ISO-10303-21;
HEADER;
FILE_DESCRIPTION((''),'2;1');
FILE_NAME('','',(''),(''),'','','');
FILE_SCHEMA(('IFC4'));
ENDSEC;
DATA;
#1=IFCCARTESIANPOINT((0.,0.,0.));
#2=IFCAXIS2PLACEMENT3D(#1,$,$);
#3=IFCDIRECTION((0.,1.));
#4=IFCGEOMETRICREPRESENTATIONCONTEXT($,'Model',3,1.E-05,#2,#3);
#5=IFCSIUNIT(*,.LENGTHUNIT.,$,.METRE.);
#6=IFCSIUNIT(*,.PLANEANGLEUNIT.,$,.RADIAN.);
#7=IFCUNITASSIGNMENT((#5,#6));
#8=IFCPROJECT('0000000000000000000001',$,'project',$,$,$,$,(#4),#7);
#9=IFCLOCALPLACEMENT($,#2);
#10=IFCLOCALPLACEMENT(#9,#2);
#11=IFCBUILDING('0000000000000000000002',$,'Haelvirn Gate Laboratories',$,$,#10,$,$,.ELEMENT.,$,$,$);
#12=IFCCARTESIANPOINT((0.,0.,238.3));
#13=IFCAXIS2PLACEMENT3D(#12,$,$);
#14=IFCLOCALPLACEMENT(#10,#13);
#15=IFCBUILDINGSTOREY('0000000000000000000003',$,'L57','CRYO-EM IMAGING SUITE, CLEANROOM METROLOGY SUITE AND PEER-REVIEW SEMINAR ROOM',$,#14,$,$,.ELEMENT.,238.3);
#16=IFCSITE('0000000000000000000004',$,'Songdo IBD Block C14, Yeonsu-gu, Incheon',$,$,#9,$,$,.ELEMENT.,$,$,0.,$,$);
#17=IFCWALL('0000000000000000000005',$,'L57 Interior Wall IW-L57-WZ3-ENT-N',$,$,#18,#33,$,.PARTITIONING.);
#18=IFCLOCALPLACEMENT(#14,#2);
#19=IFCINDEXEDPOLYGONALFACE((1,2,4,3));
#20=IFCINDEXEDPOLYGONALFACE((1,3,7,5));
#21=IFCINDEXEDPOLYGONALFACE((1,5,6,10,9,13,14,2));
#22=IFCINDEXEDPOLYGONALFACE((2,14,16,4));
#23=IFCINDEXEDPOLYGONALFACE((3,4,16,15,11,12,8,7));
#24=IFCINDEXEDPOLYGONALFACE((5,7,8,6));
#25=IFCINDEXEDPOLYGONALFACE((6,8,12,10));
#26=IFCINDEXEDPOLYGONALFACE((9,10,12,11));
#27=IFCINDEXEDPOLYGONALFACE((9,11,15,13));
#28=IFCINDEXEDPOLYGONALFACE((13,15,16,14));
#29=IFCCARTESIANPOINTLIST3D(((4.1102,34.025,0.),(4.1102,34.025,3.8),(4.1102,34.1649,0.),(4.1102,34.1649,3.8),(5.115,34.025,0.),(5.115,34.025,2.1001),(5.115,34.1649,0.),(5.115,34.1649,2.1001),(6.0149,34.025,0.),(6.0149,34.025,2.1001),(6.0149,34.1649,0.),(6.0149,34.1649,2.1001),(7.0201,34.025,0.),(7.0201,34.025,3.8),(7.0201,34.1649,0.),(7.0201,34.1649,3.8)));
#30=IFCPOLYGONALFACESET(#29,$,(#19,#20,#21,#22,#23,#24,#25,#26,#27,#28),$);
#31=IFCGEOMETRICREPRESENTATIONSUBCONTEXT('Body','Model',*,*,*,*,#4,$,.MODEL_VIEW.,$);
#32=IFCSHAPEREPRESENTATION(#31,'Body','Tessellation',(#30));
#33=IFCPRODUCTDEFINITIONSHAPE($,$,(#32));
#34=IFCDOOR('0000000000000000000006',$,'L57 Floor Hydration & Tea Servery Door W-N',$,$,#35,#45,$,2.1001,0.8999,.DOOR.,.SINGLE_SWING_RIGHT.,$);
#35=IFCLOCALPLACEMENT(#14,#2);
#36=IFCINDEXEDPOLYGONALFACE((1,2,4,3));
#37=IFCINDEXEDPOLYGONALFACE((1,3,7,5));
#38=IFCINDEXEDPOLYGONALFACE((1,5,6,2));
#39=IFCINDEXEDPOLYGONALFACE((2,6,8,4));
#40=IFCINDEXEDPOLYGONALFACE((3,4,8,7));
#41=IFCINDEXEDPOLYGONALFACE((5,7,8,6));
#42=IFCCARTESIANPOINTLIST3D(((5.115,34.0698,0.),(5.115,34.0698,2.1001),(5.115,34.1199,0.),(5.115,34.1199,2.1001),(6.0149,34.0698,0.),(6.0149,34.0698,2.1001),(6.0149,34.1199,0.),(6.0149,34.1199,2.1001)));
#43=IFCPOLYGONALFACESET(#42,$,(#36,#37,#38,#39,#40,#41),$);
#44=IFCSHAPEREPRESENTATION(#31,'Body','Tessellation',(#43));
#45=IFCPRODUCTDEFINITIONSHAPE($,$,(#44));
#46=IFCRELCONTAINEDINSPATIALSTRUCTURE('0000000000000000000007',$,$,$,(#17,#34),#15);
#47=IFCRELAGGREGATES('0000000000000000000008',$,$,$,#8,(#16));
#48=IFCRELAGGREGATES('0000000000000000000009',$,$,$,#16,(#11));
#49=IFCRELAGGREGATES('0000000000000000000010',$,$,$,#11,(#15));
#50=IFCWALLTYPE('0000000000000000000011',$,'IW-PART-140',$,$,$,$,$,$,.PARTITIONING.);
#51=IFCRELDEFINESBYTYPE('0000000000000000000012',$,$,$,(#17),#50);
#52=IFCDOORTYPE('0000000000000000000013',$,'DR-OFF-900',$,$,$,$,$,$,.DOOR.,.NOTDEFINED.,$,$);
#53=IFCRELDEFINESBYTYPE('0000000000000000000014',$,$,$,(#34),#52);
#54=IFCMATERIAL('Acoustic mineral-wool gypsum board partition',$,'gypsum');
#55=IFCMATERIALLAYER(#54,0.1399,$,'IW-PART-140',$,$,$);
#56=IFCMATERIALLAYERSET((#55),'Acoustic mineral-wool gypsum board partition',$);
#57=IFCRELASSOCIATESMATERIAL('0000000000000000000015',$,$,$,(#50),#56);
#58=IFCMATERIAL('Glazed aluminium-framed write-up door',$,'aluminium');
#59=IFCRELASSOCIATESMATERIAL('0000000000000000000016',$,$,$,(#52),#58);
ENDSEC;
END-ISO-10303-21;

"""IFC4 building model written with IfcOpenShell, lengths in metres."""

from ifc_helpers import new_model, si_unit, direction, frame, frame_2d, origin, place, context, subcontext, project, spatial, rectangle, extrude, source, transform, mapped, material, layer, layer_set, type_object, type_shapes, element, fill, save


model = new_model("IFC4")

# Units and contexts
model_context = context("Model", 3, precision=1e-05, world=origin(), true_north=direction((0.0, 1.0)))
body_context = subcontext(model_context, "Body", "Model", "MODEL_VIEW")
ifc_project = project(units=[si_unit("LENGTHUNIT", "METRE"), si_unit("PLANEANGLEUNIT", "RADIAN")], contexts=[model_context])

# Site, building, storey
site_placement = place(None, origin())
site = spatial("IfcSite", under=ifc_project, at=site_placement, Name="Songdo IBD Block C14, Yeonsu-gu, Incheon", CompositionType="ELEMENT", RefElevation=0.0)
building_placement = place(site_placement, origin())
building = spatial("IfcBuilding", under=site, at=building_placement, Name="Haelvirn Gate Laboratories", CompositionType="ELEMENT")
storey_placement = place(building_placement, frame((0.0, 0.0, 238.3)))
storey = spatial("IfcBuildingStorey", under=building, at=storey_placement, Name="L57", Description="CRYO-EM IMAGING SUITE, CLEANROOM METROLOGY SUITE AND PEER-REVIEW SEMINAR ROOM", CompositionType="ELEMENT", Elevation=238.3)

# Wall, opening, door
ifc_material_1 = material(Name="Acoustic mineral-wool gypsum board partition", Category="gypsum")
ifc_layer_1 = layer(ifc_material_1, 0.1399, Name="IW-PART-140")
ifc_layer_set_1 = layer_set([ifc_layer_1], Name="Acoustic mineral-wool gypsum board partition")
wall_type_1 = type_object("IfcWallType", Name="IW-PART-140", PredefinedType="PARTITIONING", material=ifc_layer_set_1)
wall_1_placement = place(storey_placement, frame((4.1101, 34.095, 0.0), z_axis=(0.0, 0.0, 1.0), x_axis=(1.0, 0.0, 0.0)))
wall_1 = element("IfcWall", 1, at=wall_1_placement, inside=storey, type_object=wall_type_1, Name="L57 Interior Wall IW-L57-WZ3-ENT-N", PredefinedType="PARTITIONING", context=body_context, shape_type="SweptSolid", body=[
    extrude(rectangle(XDim=2.9099, YDim=0.1399, at=frame_2d((1.4551, 0.0))), origin(), (0.0, 0.0, 1.0), 3.8),
])
opening_1_placement = place(wall_1_placement, frame((1.0049, 0.0, 0.0)))
opening_1 = element("IfcOpeningElement", 2, at=opening_1_placement, cuts=wall_1, PredefinedType="OPENING", context=body_context, shape_type="SweptSolid", body=[
    extrude(rectangle(XDim=0.8999, YDim=2.1001, at=frame_2d((0.45, 1.05))), frame((0.0, 0.0801, 0.0), z_axis=(0.0, -1.0, 0.0), x_axis=(1.0, 0.0, 0.0)), (0.0, 0.0, 1.0), 0.1599),
])
ifc_material_2 = material(Name="Glazed aluminium-framed write-up door", Category="aluminium")
door_type_1 = type_object("IfcDoorType", Name="DR-OFF-900", OperationType="NOTDEFINED", PredefinedType="DOOR", material=ifc_material_2)
shared_shape_1 = source(origin(), body_context, "Body", "SweptSolid", [
    extrude(rectangle(XDim=0.8999, YDim=2.1001, at=frame_2d((0.45, 1.05))), frame((0.0, 0.0249, 0.0), z_axis=(0.0, -1.0, 0.0), x_axis=(1.0, 0.0, 0.0)), (0.0, 0.0, 1.0), 0.05),
])
type_shapes(door_type_1, [shared_shape_1])
door_1_placement = place(opening_1_placement, origin())
door_1 = element("IfcDoor", 3, at=door_1_placement, inside=storey, type_object=door_type_1, Name="L57 Floor Hydration & Tea Servery Door W-N", OperationType="SINGLE_SWING_RIGHT", OverallHeight=2.1001, OverallWidth=0.8999, PredefinedType="DOOR", context=body_context, shape_type="MappedRepresentation", body=[
    mapped(shared_shape_1, transform((0.0, 0.0, 0.0), scale=1.0)),
])
fill(opening_1, door_1)

save(model, "model.ifc")
